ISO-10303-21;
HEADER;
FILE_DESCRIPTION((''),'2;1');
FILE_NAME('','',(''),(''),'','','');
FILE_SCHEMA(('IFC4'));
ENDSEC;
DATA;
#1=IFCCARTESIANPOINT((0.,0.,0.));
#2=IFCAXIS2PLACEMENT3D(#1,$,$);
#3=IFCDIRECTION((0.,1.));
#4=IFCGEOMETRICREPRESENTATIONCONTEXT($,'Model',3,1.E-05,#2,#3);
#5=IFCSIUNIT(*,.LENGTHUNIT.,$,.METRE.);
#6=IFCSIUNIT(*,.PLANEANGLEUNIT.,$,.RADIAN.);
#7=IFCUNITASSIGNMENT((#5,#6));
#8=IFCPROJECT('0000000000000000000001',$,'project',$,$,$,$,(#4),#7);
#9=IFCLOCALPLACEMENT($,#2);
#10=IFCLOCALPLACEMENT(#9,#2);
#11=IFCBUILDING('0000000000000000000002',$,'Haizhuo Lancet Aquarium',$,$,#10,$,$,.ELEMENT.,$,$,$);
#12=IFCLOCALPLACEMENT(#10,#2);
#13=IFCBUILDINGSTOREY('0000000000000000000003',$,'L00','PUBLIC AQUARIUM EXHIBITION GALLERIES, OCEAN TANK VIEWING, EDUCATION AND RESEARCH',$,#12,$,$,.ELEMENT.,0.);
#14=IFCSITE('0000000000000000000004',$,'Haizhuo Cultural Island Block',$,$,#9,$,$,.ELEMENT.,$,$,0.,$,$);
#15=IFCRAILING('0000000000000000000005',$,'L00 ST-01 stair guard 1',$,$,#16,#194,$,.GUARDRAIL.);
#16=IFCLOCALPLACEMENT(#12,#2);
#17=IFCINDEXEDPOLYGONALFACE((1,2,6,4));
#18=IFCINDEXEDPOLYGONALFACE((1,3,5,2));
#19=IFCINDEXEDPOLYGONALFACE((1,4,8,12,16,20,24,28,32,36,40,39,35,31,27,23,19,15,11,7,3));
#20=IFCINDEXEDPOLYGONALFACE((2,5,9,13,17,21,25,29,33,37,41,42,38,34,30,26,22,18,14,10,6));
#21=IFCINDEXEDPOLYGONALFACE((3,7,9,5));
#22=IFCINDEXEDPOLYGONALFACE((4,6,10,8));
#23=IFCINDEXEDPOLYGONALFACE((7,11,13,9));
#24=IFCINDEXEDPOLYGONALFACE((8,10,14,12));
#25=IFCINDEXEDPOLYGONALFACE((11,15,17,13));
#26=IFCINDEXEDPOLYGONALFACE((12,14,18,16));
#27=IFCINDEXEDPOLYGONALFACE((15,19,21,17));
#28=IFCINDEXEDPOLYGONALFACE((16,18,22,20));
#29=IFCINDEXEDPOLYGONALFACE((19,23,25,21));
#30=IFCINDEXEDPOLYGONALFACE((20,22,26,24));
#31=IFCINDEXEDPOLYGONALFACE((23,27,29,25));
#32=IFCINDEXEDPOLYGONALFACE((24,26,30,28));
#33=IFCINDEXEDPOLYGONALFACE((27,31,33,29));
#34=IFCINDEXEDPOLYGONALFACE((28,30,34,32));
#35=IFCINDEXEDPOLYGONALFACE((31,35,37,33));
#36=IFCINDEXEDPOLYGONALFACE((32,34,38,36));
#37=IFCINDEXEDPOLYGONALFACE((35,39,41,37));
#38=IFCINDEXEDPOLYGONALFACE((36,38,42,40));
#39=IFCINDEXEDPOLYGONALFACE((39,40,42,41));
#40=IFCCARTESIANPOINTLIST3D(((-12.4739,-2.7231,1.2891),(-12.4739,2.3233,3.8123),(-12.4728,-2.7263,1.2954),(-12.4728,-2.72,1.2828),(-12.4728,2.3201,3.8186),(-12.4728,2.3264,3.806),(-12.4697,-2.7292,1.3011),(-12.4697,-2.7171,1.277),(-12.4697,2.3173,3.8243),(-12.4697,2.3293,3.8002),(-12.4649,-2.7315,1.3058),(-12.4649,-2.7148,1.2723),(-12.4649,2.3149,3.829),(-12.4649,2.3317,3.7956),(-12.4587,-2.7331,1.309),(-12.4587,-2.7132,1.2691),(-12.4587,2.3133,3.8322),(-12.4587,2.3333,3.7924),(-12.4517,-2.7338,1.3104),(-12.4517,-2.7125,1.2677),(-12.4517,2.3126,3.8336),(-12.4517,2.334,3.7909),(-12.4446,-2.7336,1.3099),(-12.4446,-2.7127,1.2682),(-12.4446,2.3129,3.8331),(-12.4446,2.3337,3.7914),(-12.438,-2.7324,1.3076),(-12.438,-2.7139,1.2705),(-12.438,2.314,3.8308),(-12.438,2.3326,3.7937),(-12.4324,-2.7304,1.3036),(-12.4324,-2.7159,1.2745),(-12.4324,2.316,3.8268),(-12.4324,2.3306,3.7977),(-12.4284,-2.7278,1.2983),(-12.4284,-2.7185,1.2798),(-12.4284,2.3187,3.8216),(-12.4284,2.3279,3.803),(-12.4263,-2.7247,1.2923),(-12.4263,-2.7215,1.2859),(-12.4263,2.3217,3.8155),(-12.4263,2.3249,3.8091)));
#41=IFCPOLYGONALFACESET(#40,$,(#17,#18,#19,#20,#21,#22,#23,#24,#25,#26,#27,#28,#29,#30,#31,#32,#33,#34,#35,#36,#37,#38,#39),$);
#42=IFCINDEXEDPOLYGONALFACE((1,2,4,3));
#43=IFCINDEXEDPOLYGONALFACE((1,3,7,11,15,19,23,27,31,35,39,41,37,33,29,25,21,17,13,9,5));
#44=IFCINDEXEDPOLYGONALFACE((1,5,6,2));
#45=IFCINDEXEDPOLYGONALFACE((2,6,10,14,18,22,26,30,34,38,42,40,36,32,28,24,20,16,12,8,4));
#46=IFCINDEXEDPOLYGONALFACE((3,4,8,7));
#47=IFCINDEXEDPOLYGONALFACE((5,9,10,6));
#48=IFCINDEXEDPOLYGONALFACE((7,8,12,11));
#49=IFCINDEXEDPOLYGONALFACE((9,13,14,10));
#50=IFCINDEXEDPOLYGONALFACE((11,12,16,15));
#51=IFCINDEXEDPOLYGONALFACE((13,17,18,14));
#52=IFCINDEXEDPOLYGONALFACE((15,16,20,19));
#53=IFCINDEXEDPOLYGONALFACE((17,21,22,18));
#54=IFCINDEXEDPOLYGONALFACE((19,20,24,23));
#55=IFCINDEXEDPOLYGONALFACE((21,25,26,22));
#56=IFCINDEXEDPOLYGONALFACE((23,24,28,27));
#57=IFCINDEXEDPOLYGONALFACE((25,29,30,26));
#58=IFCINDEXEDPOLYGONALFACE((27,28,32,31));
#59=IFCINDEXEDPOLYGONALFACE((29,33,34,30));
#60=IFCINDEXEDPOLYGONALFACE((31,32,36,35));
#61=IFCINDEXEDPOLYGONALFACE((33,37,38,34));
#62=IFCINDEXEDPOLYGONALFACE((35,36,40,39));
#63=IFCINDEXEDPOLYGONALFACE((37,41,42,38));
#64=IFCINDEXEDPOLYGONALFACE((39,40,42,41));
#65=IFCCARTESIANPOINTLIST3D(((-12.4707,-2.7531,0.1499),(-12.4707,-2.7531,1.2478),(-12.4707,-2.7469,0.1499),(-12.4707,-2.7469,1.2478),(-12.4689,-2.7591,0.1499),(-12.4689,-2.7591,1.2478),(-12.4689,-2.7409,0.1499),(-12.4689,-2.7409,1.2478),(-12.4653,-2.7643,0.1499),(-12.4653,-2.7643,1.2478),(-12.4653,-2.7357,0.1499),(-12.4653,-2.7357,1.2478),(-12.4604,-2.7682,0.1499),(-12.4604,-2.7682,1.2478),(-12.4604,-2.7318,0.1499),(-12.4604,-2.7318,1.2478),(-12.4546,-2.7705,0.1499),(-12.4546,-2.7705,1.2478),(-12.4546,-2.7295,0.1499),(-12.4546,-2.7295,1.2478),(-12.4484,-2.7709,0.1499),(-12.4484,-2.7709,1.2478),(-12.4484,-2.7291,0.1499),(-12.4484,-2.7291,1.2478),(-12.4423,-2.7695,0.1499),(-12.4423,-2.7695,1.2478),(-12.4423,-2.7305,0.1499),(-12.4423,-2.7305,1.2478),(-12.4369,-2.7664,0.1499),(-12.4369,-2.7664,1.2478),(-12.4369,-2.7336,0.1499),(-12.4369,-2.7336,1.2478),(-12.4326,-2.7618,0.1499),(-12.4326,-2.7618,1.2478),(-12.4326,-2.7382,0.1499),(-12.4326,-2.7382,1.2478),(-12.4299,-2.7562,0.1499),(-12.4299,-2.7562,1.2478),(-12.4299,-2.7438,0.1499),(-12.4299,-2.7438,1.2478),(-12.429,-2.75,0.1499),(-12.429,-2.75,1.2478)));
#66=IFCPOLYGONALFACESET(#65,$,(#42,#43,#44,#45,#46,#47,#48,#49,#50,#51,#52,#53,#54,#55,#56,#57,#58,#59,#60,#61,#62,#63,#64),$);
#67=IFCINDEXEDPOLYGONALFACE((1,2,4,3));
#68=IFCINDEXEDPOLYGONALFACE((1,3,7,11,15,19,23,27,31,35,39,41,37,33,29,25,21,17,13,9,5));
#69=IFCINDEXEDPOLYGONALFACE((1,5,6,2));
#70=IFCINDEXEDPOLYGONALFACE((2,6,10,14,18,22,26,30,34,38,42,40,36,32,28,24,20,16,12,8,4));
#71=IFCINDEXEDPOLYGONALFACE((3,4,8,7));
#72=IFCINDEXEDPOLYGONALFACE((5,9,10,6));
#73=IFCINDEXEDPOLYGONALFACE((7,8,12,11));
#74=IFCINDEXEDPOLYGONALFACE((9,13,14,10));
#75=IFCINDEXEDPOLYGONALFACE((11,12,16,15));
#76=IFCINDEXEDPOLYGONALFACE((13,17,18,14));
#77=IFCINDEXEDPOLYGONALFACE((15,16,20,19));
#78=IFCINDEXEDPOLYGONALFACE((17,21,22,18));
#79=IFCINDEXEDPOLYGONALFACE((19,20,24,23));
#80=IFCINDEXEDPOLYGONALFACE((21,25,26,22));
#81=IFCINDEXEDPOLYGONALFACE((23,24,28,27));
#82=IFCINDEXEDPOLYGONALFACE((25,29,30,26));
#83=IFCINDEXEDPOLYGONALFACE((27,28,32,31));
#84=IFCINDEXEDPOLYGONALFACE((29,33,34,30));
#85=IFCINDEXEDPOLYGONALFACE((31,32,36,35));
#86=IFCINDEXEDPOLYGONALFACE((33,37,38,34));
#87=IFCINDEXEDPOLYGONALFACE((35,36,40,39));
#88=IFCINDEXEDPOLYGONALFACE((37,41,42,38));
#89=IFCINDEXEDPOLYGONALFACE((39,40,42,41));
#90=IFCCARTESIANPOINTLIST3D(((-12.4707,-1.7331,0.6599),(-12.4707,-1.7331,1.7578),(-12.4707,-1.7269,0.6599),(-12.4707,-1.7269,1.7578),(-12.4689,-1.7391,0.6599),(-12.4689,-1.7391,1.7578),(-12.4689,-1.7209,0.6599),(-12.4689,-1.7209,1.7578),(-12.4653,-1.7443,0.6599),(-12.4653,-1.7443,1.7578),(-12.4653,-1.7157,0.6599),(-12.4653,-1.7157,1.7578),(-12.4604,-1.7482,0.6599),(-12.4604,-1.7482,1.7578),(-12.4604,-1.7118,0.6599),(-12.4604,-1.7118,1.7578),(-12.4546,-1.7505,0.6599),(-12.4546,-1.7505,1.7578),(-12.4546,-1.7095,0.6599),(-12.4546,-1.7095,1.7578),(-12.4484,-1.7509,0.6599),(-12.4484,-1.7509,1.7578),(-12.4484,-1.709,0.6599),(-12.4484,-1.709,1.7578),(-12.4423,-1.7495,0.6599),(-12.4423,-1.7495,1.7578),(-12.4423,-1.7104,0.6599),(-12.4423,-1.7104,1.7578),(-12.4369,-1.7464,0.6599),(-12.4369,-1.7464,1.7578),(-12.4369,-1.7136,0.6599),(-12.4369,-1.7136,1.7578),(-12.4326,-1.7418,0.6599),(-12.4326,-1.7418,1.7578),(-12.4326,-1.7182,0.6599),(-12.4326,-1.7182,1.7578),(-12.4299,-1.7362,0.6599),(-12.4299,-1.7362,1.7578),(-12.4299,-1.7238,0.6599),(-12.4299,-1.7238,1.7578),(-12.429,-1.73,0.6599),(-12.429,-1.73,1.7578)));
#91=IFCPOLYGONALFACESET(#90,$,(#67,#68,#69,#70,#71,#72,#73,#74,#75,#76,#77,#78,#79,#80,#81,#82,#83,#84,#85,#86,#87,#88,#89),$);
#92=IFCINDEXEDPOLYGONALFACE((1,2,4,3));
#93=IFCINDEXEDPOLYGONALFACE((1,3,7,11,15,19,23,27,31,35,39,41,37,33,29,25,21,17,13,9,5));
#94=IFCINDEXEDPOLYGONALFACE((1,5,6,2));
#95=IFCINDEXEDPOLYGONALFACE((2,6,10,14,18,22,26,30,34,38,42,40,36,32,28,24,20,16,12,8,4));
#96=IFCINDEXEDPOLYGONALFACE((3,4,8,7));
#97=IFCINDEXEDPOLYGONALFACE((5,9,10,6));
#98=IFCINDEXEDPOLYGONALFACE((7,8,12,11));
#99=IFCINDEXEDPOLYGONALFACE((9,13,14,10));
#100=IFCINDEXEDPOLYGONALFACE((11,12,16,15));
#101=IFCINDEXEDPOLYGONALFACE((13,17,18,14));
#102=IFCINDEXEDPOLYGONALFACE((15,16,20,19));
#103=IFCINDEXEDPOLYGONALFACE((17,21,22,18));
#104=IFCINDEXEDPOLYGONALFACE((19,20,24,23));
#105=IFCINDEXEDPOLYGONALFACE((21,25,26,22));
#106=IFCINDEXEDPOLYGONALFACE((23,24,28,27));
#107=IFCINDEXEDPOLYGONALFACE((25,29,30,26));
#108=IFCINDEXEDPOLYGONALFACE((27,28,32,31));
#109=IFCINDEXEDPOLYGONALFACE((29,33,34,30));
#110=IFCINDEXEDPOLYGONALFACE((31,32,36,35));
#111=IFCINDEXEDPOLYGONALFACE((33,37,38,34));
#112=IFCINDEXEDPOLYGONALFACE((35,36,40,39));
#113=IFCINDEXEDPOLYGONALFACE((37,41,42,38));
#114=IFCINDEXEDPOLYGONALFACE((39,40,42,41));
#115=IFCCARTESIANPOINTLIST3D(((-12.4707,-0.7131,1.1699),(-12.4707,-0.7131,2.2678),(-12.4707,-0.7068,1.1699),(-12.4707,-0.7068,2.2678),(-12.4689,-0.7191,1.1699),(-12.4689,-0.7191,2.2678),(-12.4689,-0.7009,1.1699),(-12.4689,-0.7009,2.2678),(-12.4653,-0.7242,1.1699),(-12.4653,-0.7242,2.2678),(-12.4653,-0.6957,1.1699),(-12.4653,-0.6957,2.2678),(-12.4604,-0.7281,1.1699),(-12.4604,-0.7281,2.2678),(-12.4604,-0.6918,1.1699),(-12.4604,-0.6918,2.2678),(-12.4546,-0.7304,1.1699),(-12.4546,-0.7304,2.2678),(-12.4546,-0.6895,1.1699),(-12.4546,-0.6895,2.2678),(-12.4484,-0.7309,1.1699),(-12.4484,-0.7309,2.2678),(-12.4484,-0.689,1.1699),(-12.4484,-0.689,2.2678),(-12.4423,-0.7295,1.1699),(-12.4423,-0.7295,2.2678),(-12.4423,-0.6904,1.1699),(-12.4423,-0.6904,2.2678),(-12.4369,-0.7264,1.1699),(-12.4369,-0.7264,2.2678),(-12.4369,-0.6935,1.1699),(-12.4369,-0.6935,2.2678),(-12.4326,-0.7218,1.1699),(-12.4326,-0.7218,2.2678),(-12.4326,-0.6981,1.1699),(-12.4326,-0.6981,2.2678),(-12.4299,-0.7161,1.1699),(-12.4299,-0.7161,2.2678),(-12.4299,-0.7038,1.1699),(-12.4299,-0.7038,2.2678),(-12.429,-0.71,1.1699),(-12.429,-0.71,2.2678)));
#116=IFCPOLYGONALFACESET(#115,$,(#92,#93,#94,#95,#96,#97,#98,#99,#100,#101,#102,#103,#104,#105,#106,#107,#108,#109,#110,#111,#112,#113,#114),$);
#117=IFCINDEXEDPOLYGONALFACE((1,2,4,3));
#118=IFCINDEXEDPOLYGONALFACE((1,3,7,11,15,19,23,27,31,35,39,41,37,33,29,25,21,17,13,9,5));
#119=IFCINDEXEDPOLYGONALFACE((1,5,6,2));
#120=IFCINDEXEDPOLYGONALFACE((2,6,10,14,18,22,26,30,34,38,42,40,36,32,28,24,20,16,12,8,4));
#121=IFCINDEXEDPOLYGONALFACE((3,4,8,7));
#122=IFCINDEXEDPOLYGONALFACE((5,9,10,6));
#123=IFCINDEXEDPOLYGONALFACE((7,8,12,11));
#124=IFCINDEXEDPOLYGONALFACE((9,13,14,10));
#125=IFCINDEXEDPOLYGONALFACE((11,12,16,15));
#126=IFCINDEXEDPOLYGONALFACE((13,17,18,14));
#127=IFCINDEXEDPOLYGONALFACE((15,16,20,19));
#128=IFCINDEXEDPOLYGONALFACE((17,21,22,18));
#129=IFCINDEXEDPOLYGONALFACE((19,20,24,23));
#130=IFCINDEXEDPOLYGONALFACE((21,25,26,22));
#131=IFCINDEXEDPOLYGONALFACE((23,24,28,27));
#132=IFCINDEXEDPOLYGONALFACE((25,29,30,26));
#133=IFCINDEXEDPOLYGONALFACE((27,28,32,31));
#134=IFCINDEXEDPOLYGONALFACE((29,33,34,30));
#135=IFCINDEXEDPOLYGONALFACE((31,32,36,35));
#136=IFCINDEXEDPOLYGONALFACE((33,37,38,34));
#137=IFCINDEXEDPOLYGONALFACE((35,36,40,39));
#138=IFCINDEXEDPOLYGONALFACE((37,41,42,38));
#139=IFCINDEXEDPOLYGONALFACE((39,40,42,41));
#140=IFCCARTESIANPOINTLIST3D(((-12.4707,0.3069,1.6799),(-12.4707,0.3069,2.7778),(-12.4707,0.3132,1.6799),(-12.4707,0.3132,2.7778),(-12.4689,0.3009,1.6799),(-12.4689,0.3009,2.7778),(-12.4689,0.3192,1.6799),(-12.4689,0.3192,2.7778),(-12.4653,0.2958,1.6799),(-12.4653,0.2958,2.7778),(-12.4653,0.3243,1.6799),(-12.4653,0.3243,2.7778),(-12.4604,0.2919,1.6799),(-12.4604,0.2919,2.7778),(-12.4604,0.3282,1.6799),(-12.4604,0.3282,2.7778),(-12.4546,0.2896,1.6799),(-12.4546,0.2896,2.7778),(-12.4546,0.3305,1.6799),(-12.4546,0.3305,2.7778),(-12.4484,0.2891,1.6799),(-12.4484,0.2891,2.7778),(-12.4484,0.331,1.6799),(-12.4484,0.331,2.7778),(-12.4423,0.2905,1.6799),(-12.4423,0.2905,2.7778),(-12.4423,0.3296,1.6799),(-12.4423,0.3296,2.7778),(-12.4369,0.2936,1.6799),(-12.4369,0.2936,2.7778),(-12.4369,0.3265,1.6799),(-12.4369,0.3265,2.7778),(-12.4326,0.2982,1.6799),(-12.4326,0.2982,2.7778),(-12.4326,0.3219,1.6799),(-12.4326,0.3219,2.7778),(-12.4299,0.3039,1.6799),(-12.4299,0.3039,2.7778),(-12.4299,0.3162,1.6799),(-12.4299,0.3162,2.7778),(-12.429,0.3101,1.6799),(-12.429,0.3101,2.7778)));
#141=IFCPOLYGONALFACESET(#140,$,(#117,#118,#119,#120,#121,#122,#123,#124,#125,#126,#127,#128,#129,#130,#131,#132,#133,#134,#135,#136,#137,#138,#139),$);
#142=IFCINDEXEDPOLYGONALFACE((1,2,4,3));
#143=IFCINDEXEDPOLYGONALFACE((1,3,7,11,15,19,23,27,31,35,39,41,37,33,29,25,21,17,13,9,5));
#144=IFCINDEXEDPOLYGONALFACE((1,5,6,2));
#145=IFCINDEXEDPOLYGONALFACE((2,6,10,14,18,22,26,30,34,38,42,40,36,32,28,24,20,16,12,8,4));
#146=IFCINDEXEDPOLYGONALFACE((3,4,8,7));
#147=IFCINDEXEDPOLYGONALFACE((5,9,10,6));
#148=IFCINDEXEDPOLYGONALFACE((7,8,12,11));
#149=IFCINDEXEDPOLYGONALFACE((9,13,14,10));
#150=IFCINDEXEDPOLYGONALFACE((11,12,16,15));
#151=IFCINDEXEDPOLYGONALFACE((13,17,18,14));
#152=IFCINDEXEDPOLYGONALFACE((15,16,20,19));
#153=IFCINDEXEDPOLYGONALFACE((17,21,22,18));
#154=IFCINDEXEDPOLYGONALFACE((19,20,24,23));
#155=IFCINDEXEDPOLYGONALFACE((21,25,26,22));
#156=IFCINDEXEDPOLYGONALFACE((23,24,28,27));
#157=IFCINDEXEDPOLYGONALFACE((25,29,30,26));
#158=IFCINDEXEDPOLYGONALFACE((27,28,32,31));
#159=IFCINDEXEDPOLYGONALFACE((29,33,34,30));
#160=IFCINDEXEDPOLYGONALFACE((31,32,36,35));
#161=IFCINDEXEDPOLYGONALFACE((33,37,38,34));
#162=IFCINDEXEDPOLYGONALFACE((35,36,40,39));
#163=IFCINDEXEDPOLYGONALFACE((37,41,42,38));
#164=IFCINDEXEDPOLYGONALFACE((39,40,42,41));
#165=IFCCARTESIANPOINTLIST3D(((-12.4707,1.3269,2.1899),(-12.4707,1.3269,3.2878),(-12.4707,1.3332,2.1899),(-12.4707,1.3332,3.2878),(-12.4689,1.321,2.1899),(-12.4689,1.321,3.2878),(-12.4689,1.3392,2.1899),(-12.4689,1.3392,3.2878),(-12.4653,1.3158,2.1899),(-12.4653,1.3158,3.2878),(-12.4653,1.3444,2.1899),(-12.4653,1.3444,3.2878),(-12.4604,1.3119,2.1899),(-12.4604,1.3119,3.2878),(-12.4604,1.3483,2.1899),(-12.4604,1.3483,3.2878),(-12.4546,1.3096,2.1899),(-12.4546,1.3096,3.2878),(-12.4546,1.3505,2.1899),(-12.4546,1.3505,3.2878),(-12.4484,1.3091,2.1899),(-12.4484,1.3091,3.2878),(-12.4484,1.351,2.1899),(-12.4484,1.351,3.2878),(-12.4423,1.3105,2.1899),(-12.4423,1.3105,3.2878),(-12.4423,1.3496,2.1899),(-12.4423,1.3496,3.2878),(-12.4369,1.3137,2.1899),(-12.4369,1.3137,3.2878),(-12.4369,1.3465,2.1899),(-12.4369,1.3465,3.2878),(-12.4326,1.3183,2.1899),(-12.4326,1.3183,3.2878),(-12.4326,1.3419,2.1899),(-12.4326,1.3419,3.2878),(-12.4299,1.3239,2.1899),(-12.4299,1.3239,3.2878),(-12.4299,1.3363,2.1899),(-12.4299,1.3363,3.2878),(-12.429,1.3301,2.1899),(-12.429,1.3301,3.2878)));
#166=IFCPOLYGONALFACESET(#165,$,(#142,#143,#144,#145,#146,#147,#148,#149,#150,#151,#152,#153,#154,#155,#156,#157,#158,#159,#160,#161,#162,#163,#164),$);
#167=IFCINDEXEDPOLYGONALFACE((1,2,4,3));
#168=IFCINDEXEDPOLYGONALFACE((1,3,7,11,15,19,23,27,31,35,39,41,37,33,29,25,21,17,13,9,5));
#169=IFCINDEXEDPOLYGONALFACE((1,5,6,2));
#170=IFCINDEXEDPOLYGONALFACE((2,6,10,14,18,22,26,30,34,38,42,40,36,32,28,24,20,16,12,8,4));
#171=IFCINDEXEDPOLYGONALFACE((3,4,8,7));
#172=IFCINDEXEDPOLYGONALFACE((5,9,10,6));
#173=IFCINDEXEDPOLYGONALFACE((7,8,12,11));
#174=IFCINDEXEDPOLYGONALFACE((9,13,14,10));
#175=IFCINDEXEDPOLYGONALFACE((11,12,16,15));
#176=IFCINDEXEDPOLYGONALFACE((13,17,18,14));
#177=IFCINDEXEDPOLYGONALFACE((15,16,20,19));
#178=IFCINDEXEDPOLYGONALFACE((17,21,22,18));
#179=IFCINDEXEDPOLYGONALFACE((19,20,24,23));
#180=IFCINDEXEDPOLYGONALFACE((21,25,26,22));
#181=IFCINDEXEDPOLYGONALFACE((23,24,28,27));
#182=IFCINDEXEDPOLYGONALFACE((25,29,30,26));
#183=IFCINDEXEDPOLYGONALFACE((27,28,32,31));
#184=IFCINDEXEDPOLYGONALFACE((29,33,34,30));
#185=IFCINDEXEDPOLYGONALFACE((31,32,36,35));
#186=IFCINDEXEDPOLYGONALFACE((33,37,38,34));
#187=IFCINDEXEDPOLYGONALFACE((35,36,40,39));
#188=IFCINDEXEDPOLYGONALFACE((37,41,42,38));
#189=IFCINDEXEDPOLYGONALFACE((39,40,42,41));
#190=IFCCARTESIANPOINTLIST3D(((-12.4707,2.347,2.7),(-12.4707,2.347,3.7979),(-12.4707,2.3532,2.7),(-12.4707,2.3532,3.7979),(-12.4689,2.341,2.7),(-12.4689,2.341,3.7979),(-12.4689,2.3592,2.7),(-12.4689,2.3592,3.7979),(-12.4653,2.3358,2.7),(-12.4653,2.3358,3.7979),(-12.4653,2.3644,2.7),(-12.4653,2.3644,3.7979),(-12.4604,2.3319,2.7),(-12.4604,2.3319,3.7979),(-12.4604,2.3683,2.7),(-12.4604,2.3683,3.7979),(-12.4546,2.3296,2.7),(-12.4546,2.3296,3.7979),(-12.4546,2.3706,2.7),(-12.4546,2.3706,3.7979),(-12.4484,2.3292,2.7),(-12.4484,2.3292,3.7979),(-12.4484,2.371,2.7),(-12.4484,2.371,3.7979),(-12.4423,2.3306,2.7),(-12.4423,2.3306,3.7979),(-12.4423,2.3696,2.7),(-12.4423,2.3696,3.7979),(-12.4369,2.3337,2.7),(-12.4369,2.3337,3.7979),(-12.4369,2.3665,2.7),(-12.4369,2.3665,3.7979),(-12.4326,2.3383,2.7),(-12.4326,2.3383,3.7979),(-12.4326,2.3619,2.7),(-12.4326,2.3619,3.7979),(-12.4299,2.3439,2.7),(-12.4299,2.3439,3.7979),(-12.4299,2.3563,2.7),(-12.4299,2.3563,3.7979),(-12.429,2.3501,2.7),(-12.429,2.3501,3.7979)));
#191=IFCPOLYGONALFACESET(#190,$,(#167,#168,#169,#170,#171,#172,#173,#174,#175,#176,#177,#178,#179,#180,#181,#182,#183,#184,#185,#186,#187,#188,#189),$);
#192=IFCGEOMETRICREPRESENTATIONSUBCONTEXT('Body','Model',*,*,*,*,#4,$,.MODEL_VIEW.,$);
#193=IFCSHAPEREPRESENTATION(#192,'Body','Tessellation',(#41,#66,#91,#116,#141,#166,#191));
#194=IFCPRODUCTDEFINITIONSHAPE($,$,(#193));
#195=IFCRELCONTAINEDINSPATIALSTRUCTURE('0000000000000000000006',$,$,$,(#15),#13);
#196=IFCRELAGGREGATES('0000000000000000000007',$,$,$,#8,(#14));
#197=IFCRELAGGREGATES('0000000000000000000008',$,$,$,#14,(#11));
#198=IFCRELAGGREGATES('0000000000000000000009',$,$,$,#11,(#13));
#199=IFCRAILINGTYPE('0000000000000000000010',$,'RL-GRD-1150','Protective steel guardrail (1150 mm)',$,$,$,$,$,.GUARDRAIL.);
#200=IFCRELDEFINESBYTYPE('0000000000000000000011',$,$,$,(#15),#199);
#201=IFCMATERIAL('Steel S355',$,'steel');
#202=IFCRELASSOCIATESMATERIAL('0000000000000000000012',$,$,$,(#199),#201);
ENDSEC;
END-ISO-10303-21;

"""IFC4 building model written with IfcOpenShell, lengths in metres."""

from ifc_helpers import new_model, si_unit, direction, frame, origin, origin_2d, place, context, subcontext, project, spatial, circle, extrude, material, type_object, element, save


model = new_model("IFC4")

# Units and contexts
model_context = context("Model", 3, precision=1e-05, world=origin(), true_north=direction((0.0, 1.0)))
body_context = subcontext(model_context, "Body", "Model", "MODEL_VIEW")
ifc_project = project(units=[si_unit("LENGTHUNIT", "METRE"), si_unit("PLANEANGLEUNIT", "RADIAN")], contexts=[model_context])

# Site, building, storey
site_placement = place(None, origin())
site = spatial("IfcSite", under=ifc_project, at=site_placement, Name="Haizhuo Cultural Island Block", CompositionType="ELEMENT", RefElevation=0.0)
building_placement = place(site_placement, origin())
building = spatial("IfcBuilding", under=site, at=building_placement, Name="Haizhuo Lancet Aquarium", CompositionType="ELEMENT")
storey_placement = place(building_placement, origin())
storey = spatial("IfcBuildingStorey", under=building, at=storey_placement, Name="L00", Description="PUBLIC AQUARIUM EXHIBITION GALLERIES, OCEAN TANK VIEWING, EDUCATION AND RESEARCH", CompositionType="ELEMENT", Elevation=0.0)

# Railing
ifc_material_1 = material(Name="Steel S355", Category="steel")
railing_type_1 = type_object("IfcRailingType", Name="RL-GRD-1150", Description="Protective steel guardrail (1150 mm)", PredefinedType="GUARDRAIL", material=ifc_material_1)
railing_1_placement = place(storey_placement, frame((-12.45, -2.75, 0.1499)))
element("IfcRailing", 1, at=railing_1_placement, inside=storey, type_object=railing_type_1, Name="L00 ST-01 stair guard 1", PredefinedType="GUARDRAIL", context=body_context, shape_type="SweptSolid", body=[
    extrude(circle(Radius=0.0239, at=origin_2d()), frame((0.0, 0.0269, 1.1392), z_axis=(0.0, 0.894427, 0.447214), x_axis=(-1.0, 0.0, 0.0)), (0.0, 0.0, 1.0), 5.6421),
    extrude(circle(Radius=0.021, at=origin_2d()), origin(), (0.0, 0.0, 1.0), 1.0979),
    extrude(circle(Radius=0.021, at=origin_2d()), frame((0.0, 1.02, 0.51)), (0.0, 0.0, 1.0), 1.0979),
    extrude(circle(Radius=0.021, at=origin_2d()), frame((0.0, 2.04, 1.02)), (0.0, 0.0, 1.0), 1.0979),
    extrude(circle(Radius=0.021, at=origin_2d()), frame((0.0, 3.0601, 1.53)), (0.0, 0.0, 1.0), 1.0979),
    extrude(circle(Radius=0.021, at=origin_2d()), frame((0.0, 4.0801, 2.04)), (0.0, 0.0, 1.0), 1.0979),
    extrude(circle(Radius=0.021, at=origin_2d()), frame((0.0, 5.1001, 2.55)), (0.0, 0.0, 1.0), 1.0979),
])

save(model, "model.ifc")
